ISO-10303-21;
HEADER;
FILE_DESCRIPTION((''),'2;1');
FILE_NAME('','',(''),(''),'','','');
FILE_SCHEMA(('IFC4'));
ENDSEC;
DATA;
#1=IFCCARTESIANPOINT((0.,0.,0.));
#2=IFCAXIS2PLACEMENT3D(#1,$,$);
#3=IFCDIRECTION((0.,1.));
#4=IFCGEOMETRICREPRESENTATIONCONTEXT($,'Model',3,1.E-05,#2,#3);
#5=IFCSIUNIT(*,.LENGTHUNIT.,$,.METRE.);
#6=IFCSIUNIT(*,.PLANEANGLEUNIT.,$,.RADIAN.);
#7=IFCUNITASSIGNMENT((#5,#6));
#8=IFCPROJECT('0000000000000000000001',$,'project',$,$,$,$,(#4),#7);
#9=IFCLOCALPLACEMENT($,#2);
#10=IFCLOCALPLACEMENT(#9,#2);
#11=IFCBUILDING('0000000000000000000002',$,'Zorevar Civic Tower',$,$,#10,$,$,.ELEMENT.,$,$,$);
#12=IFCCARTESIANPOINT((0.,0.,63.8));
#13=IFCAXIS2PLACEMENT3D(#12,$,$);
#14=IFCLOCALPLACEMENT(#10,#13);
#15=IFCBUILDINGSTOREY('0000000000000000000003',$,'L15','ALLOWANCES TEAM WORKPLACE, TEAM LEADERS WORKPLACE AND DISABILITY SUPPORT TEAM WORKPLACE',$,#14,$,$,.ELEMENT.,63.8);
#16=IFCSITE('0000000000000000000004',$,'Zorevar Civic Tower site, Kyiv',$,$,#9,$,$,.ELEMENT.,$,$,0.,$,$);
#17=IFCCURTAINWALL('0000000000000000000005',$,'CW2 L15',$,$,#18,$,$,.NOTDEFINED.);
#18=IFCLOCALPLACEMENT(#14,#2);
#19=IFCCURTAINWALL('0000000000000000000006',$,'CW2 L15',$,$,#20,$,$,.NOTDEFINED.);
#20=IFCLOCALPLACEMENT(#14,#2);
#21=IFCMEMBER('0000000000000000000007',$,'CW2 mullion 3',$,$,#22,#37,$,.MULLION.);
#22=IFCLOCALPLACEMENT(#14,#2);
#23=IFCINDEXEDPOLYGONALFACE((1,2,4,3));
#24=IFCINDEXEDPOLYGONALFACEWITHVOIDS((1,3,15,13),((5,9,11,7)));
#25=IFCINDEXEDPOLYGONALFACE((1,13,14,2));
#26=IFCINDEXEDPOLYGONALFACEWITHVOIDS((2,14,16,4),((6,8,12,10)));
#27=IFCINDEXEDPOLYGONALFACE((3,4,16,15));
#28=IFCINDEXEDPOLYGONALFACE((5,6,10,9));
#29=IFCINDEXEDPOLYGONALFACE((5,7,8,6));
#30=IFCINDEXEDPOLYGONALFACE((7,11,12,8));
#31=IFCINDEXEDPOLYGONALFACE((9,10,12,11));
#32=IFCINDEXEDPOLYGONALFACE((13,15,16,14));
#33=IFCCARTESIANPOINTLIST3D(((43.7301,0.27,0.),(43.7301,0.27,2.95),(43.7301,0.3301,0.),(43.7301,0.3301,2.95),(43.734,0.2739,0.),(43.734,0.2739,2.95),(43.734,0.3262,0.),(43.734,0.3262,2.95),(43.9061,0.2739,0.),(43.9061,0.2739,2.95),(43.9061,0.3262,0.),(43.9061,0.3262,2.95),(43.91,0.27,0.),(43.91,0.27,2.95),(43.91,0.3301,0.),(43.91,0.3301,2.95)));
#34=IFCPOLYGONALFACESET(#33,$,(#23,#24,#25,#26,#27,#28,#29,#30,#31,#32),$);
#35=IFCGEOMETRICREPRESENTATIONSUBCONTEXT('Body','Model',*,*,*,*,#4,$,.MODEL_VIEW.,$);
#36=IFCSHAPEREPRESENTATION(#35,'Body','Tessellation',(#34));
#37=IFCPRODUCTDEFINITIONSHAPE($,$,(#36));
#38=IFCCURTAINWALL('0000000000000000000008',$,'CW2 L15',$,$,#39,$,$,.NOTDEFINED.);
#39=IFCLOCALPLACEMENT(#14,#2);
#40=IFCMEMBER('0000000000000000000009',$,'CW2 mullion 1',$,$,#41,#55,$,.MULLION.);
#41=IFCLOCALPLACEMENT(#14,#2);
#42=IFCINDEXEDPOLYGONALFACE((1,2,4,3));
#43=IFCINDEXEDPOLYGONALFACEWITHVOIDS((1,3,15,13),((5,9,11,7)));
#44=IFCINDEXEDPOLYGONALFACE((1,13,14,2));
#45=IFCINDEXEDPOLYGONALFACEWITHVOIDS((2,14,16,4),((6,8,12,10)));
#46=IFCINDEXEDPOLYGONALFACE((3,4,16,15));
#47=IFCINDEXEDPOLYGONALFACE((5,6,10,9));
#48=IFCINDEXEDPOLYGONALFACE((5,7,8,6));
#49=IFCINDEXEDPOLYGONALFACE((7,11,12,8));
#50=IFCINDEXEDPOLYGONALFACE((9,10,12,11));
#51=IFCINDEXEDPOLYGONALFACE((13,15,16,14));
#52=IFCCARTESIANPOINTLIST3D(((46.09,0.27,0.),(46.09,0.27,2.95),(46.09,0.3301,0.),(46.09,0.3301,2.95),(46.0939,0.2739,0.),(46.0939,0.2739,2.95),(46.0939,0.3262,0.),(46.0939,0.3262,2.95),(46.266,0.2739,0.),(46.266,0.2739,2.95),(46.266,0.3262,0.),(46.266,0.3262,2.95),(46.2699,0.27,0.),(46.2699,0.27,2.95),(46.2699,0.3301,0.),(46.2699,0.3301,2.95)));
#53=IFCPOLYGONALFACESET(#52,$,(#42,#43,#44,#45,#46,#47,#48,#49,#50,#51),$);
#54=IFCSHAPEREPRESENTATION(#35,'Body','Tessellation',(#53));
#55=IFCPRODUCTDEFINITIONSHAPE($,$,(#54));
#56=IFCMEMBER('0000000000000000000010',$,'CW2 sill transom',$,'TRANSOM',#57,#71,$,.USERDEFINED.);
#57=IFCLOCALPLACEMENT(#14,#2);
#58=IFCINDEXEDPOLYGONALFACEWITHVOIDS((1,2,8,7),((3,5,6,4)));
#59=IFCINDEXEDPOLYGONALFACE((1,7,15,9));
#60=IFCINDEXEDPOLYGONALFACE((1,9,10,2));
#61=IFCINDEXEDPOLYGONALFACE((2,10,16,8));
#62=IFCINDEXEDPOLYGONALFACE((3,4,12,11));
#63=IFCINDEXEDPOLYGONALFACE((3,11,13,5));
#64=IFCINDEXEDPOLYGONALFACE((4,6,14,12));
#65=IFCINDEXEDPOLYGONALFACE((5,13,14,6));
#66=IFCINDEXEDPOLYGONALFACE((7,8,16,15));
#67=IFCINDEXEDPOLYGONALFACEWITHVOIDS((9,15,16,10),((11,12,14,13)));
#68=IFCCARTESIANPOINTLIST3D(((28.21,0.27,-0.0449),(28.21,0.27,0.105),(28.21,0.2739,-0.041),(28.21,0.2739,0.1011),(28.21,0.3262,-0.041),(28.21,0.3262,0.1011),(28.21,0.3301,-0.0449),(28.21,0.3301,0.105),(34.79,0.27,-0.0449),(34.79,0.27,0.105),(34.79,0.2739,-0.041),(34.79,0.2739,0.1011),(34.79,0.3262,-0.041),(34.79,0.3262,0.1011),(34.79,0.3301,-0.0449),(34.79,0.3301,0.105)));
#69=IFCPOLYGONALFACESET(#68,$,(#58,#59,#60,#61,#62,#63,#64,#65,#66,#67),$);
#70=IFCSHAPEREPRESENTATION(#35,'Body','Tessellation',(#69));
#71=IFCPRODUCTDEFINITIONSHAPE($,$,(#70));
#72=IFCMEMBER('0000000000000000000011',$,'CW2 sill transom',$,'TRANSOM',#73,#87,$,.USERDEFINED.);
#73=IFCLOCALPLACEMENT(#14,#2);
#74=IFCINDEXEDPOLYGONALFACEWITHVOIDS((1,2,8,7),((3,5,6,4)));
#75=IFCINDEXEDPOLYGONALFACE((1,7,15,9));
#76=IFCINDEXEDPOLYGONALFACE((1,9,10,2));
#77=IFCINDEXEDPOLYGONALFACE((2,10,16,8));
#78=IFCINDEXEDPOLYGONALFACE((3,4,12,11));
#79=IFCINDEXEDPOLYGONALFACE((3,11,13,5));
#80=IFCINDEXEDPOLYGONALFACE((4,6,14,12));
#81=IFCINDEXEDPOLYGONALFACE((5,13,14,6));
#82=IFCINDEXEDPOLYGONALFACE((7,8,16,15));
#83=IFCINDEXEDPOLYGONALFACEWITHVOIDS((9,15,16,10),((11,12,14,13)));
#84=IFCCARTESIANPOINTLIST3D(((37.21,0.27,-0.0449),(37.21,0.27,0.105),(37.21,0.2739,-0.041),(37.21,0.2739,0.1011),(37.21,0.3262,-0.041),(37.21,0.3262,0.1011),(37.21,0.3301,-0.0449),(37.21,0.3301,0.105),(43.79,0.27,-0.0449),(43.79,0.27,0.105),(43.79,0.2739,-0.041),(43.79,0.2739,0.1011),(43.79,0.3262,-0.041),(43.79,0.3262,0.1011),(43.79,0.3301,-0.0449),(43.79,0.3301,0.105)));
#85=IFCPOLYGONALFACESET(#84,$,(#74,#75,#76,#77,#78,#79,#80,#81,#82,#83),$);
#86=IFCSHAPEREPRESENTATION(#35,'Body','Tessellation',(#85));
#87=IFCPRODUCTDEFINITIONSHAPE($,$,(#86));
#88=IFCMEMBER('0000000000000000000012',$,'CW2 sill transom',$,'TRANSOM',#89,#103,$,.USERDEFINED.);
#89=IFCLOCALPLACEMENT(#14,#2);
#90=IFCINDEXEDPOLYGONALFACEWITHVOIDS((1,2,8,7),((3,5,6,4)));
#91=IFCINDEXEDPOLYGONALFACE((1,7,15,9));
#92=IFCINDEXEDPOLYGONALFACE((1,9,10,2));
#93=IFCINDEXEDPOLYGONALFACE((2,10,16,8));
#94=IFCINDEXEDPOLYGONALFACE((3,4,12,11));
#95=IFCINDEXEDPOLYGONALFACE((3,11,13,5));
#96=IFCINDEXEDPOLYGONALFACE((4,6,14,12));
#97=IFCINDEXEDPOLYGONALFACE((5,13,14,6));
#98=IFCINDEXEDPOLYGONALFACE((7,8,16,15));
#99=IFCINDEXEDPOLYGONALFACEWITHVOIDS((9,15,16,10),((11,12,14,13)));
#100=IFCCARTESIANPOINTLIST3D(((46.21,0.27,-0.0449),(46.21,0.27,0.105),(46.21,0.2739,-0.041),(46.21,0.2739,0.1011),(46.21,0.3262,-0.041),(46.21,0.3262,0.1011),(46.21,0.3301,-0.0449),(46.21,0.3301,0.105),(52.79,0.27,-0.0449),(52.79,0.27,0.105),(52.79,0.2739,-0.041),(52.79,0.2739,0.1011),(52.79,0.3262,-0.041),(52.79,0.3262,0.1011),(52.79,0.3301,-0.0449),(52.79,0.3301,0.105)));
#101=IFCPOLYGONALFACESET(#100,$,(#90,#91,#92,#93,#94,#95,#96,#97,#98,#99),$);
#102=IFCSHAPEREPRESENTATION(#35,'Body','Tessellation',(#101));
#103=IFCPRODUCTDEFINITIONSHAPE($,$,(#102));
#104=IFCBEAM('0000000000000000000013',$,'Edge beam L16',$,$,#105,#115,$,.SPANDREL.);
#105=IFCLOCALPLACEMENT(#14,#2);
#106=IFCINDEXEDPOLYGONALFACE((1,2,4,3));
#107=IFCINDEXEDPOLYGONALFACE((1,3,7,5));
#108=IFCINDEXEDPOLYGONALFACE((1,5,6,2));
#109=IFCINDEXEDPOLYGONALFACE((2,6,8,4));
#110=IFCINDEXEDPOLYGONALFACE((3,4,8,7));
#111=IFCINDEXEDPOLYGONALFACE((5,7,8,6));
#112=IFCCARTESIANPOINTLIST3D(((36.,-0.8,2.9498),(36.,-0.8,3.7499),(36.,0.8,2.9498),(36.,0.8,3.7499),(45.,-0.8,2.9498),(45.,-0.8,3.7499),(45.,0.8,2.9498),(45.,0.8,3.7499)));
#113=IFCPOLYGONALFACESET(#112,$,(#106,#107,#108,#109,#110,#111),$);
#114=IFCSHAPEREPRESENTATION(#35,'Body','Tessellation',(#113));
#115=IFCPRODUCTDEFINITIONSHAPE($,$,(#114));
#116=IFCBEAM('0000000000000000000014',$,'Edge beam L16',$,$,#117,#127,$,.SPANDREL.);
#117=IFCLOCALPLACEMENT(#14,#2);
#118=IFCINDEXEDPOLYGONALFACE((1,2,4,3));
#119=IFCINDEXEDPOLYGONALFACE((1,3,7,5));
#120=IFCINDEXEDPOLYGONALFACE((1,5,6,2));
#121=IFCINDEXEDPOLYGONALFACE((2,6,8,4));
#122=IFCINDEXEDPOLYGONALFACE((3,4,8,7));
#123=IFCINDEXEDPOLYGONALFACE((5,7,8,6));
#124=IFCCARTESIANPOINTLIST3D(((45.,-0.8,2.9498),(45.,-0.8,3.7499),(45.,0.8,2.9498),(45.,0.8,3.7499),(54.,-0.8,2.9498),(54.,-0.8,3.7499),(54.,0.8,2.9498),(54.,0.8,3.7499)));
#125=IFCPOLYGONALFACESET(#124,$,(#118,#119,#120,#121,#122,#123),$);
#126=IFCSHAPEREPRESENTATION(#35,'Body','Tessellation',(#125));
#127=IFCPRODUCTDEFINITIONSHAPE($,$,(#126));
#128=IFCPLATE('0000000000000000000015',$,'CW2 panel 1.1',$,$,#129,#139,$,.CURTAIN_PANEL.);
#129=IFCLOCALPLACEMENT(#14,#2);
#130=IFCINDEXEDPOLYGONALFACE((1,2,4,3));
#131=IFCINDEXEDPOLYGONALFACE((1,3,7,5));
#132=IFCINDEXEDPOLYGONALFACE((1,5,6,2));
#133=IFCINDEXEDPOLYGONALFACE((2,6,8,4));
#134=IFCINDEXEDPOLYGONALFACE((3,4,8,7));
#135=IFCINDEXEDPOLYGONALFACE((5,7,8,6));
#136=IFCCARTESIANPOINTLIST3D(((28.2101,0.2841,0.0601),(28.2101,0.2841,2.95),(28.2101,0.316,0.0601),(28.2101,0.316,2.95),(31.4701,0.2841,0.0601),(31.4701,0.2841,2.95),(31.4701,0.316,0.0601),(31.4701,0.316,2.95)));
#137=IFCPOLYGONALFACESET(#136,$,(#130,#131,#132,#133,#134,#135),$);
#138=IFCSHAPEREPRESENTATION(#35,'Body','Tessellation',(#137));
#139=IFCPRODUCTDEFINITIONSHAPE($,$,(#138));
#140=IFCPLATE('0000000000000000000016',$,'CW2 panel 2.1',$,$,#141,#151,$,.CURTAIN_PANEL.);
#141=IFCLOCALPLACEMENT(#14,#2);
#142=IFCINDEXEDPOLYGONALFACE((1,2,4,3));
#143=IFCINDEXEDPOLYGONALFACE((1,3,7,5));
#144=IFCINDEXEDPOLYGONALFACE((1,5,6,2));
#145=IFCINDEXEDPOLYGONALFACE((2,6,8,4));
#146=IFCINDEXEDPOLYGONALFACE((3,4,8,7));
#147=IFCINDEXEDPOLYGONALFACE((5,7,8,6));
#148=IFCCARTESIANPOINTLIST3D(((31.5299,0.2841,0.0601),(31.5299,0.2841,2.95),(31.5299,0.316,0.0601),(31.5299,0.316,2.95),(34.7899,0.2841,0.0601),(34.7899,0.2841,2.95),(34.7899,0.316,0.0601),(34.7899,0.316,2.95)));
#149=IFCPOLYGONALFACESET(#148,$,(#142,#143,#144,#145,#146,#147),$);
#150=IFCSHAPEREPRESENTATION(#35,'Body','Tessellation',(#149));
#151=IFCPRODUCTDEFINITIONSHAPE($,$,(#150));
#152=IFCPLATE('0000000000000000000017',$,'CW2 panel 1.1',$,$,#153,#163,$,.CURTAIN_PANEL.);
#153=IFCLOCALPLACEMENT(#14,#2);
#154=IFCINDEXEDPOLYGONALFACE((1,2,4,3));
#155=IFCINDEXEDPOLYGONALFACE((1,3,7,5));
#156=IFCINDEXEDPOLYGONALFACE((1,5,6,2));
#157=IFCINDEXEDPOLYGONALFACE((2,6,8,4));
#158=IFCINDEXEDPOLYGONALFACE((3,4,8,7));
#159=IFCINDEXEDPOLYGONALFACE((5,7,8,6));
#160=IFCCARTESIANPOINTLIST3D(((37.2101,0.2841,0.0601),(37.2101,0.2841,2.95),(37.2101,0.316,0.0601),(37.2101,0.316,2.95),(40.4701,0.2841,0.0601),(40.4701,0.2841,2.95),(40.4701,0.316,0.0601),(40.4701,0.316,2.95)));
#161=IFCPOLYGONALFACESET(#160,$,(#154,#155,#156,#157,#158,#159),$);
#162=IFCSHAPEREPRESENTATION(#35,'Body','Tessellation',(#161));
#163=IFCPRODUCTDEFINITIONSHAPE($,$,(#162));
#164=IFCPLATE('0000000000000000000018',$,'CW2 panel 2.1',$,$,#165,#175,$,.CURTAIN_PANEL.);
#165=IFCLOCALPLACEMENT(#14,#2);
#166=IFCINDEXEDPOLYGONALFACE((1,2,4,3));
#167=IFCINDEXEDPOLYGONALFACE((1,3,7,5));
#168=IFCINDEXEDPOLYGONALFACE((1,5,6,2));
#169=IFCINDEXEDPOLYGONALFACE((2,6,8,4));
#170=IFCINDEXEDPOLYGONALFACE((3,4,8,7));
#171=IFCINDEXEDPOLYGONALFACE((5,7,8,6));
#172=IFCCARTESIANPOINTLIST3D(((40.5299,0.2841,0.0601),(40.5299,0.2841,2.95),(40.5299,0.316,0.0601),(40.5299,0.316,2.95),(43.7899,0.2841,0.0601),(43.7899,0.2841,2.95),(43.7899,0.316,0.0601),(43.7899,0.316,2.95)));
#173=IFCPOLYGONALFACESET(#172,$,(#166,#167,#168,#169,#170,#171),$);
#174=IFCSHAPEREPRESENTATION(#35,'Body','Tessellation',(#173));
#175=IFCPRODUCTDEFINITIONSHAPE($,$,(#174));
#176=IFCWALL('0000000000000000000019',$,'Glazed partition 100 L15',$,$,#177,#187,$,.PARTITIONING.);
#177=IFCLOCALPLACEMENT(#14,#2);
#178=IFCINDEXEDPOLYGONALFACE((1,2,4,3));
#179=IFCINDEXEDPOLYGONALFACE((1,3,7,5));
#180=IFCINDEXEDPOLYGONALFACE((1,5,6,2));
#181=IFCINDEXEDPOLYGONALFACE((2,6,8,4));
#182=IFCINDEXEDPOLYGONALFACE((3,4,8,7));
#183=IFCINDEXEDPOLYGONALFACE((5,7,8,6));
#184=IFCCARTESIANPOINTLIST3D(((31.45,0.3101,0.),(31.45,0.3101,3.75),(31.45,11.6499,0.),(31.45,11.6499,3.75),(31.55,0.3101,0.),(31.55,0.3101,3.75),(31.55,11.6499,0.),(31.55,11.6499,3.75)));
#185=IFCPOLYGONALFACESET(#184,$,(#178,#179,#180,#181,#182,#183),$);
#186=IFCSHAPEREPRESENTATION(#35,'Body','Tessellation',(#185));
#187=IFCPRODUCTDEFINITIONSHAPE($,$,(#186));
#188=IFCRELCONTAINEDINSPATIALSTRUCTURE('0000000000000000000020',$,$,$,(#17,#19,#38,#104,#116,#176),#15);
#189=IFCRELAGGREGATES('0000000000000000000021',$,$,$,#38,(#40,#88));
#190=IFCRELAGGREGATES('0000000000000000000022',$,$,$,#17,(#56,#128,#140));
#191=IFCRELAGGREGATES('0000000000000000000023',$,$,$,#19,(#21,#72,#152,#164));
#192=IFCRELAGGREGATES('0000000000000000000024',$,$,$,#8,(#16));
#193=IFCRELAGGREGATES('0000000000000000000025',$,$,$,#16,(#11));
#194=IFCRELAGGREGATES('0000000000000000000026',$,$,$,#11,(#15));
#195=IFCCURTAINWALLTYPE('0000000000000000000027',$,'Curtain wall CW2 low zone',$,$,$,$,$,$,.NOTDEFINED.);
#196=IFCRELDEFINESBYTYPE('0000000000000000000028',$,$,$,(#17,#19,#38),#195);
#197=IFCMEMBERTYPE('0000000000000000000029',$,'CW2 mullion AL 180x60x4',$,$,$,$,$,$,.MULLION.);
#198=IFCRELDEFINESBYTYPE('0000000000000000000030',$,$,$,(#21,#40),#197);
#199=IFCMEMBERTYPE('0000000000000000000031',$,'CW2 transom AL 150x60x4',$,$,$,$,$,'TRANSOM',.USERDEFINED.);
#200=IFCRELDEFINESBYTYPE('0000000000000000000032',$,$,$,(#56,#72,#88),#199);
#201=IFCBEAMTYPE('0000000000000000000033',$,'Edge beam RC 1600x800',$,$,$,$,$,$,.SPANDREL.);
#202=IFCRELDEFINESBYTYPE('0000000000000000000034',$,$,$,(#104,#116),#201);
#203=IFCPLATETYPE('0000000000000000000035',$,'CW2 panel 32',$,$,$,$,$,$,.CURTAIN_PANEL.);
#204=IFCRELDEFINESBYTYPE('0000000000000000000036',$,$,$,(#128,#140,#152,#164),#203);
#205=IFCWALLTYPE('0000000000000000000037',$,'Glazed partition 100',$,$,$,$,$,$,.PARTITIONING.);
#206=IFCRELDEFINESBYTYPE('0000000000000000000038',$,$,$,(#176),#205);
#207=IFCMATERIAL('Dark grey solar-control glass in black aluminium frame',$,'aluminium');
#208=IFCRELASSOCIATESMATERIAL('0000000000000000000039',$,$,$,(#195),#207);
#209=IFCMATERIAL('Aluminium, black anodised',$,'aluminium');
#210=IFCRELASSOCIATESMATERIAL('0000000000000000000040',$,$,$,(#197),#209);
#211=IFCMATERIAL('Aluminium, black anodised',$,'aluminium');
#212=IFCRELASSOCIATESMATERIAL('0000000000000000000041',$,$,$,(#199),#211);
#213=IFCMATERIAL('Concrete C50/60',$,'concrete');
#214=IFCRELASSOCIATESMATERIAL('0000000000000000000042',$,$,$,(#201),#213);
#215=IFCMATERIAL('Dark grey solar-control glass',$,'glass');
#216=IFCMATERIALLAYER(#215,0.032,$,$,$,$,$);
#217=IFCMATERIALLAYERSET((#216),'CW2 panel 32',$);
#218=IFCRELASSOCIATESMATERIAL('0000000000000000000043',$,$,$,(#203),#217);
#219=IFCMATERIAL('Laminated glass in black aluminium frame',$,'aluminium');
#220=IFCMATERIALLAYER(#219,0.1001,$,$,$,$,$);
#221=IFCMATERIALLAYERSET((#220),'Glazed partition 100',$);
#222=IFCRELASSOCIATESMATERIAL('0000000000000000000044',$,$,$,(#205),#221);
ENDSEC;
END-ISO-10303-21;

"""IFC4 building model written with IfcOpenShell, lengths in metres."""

from ifc_helpers import new_model, si_unit, direction, frame, frame_2d, origin, origin_2d, place, context, subcontext, project, spatial, rectangle, hollow_rectangle, extrude, material, layer, layer_set, material_profile, profile_set, type_object, element, aggregate, save


model = new_model("IFC4")

# Units and contexts
model_context = context("Model", 3, precision=1e-05, world=origin(), true_north=direction((0.0, 1.0)))
body_context = subcontext(model_context, "Body", "Model", "MODEL_VIEW")
ifc_project = project(units=[si_unit("LENGTHUNIT", "METRE"), si_unit("PLANEANGLEUNIT", "RADIAN")], contexts=[model_context])

# Site, building, storey
site_placement = place(None, origin())
site = spatial("IfcSite", under=ifc_project, at=site_placement, Name="Zorevar Civic Tower site, Kyiv", CompositionType="ELEMENT", RefElevation=0.0)
building_placement = place(site_placement, origin())
building = spatial("IfcBuilding", under=site, at=building_placement, Name="Zorevar Civic Tower", CompositionType="ELEMENT")
storey_placement = place(building_placement, frame((0.0, 0.0, 63.8)))
storey = spatial("IfcBuildingStorey", under=building, at=storey_placement, Name="L15", Description="ALLOWANCES TEAM WORKPLACE, TEAM LEADERS WORKPLACE AND DISABILITY SUPPORT TEAM WORKPLACE", CompositionType="ELEMENT", Elevation=63.8)

# Curtain walls, member
ifc_material_1 = material(Name="Dark grey solar-control glass in black aluminium frame", Category="aluminium")
curtain_wall_type = type_object("IfcCurtainWallType", Name="Curtain wall CW2 low zone", PredefinedType="NOTDEFINED", material=ifc_material_1)
curtain_wall_1_placement = place(storey_placement, origin())
curtain_wall_1 = element("IfcCurtainWall", 1, at=curtain_wall_1_placement, inside=storey, type_object=curtain_wall_type, Name="CW2 L15", PredefinedType="NOTDEFINED")
ifc_material_2 = material(Name="Aluminium, black anodised", Category="aluminium")
ifc_material_profile_1 = material_profile(ifc_material_2, hollow_rectangle(XDim=0.0601, YDim=0.1799, WallThickness=0.0039, at=origin_2d()), Name="AL 180x60x4")
ifc_profile_set_1 = profile_set([ifc_material_profile_1], Name="Aluminium, black anodised")
member_type_1 = type_object("IfcMemberType", Name="CW2 mullion AL 180x60x4", PredefinedType="MULLION", material=ifc_profile_set_1)
curtain_wall_2_placement = place(storey_placement, origin())
curtain_wall_2 = element("IfcCurtainWall", 2, at=curtain_wall_2_placement, inside=storey, type_object=curtain_wall_type, Name="CW2 L15", PredefinedType="NOTDEFINED")
member_1_placement = place(storey_placement, frame((43.8201, 0.3, 0.0), z_axis=(0.0, 0.0, 1.0), x_axis=(0.0, 1.0, 0.0)))
member_1 = element("IfcMember", 3, at=member_1_placement, type_object=member_type_1, Name="CW2 mullion 3", PredefinedType="MULLION", context=body_context, shape_type="SweptSolid", body=[
    extrude(hollow_rectangle(XDim=0.0601, YDim=0.1799, WallThickness=0.0039, at=origin_2d()), origin(), (0.0, 0.0, 1.0), 2.95),
])

# Curtain wall, member
curtain_wall_3_placement = place(storey_placement, origin())
curtain_wall_3 = element("IfcCurtainWall", 4, at=curtain_wall_3_placement, inside=storey, type_object=curtain_wall_type, Name="CW2 L15", PredefinedType="NOTDEFINED")
member_2_placement = place(storey_placement, frame((46.1799, 0.3, 0.0), z_axis=(0.0, 0.0, 1.0), x_axis=(0.0, 1.0, 0.0)))
member_2 = element("IfcMember", 5, at=member_2_placement, type_object=member_type_1, Name="CW2 mullion 1", PredefinedType="MULLION", context=body_context, shape_type="SweptSolid", body=[
    extrude(hollow_rectangle(XDim=0.0601, YDim=0.1799, WallThickness=0.0039, at=origin_2d()), origin(), (0.0, 0.0, 1.0), 2.95),
])

# Members
ifc_material_3 = material(Name="Aluminium, black anodised", Category="aluminium")
ifc_material_profile_2 = material_profile(ifc_material_3, hollow_rectangle(XDim=0.0601, YDim=0.1499, WallThickness=0.0039, at=origin_2d()), Name="AL 150x60x4")
ifc_profile_set_2 = profile_set([ifc_material_profile_2], Name="Aluminium, black anodised")
member_type_2 = type_object("IfcMemberType", Name="CW2 transom AL 150x60x4", ElementType="TRANSOM", PredefinedType="USERDEFINED", material=ifc_profile_set_2)
member_3_placement = place(storey_placement, frame((28.21, 0.3, 0.03), z_axis=(1.0, 0.0, 0.0), x_axis=(0.0, 1.0, 0.0)))
member_3 = element("IfcMember", 6, at=member_3_placement, type_object=member_type_2, Name="CW2 sill transom", ObjectType="TRANSOM", PredefinedType="USERDEFINED", context=body_context, shape_type="SweptSolid", body=[
    extrude(hollow_rectangle(XDim=0.0601, YDim=0.1499, WallThickness=0.0039, at=origin_2d()), origin(), (0.0, 0.0, 1.0), 6.5801),
])
member_4_placement = place(storey_placement, frame((37.21, 0.3, 0.03), z_axis=(1.0, 0.0, 0.0), x_axis=(0.0, 1.0, 0.0)))
member_4 = element("IfcMember", 7, at=member_4_placement, type_object=member_type_2, Name="CW2 sill transom", ObjectType="TRANSOM", PredefinedType="USERDEFINED", context=body_context, shape_type="SweptSolid", body=[
    extrude(hollow_rectangle(XDim=0.0601, YDim=0.1499, WallThickness=0.0039, at=origin_2d()), origin(), (0.0, 0.0, 1.0), 6.5801),
])
member_5_placement = place(storey_placement, frame((46.21, 0.3, 0.03), z_axis=(1.0, 0.0, 0.0), x_axis=(0.0, 1.0, 0.0)))
member_5 = element("IfcMember", 8, at=member_5_placement, type_object=member_type_2, Name="CW2 sill transom", ObjectType="TRANSOM", PredefinedType="USERDEFINED", context=body_context, shape_type="SweptSolid", body=[
    extrude(hollow_rectangle(XDim=0.0601, YDim=0.1499, WallThickness=0.0039, at=origin_2d()), origin(), (0.0, 0.0, 1.0), 6.5801),
])
aggregate(curtain_wall_3, [member_2, member_5])

# Beams
ifc_material_4 = material(Name="Concrete C50/60", Category="concrete")
ifc_material_profile_3 = material_profile(ifc_material_4, rectangle(XDim=1.6001, YDim=0.8, at=origin_2d()), Name="RC 1600x800")
ifc_profile_set_3 = profile_set([ifc_material_profile_3], Name="Concrete C50/60")
beam_type_1 = type_object("IfcBeamType", Name="Edge beam RC 1600x800", PredefinedType="SPANDREL", material=ifc_profile_set_3)
for number, where, z_axis, x_axis, name in (
    (9, (36.0, 0.0, 3.3499), (1.0, 0.0, 0.0), (0.0, 1.0, 0.0), "Edge beam L16"),
    (10, (45.0, 0.0, 3.3499), (1.0, 0.0, 0.0), (0.0, 1.0, 0.0), "Edge beam L16"),
):
    element("IfcBeam", number, at=place(storey_placement, frame(where, z_axis=z_axis, x_axis=x_axis)), inside=storey, type_object=beam_type_1, Name=name, PredefinedType="SPANDREL", context=body_context, shape_type="SweptSolid", body=[
        extrude(rectangle(XDim=1.6001, YDim=0.8, at=origin_2d()), origin(), (0.0, 0.0, 1.0), 9.0),
    ])

# Plates
ifc_material_5 = material(Name="Dark grey solar-control glass", Category="glass")
ifc_layer_1 = layer(ifc_material_5, 0.032)
ifc_layer_set_1 = layer_set([ifc_layer_1], Name="CW2 panel 32")
plate_type = type_object("IfcPlateType", Name="CW2 panel 32", PredefinedType="CURTAIN_PANEL", material=ifc_layer_set_1)
plate_1_placement = place(storey_placement, frame((29.8401, 0.3, 0.0601), z_axis=(0.0, 0.0, 1.0), x_axis=(1.0, 0.0, 0.0)))
plate_1 = element("IfcPlate", 11, at=plate_1_placement, type_object=plate_type, Name="CW2 panel 1.1", PredefinedType="CURTAIN_PANEL", context=body_context, shape_type="SweptSolid", body=[
    extrude(rectangle(XDim=3.26, YDim=0.032, at=origin_2d()), origin(), (0.0, 0.0, 1.0), 2.8899),
])
plate_2_placement = place(storey_placement, frame((33.1599, 0.3, 0.0601), z_axis=(0.0, 0.0, 1.0), x_axis=(1.0, 0.0, 0.0)))
plate_2 = element("IfcPlate", 12, at=plate_2_placement, type_object=plate_type, Name="CW2 panel 2.1", PredefinedType="CURTAIN_PANEL", context=body_context, shape_type="SweptSolid", body=[
    extrude(rectangle(XDim=3.26, YDim=0.032, at=origin_2d()), origin(), (0.0, 0.0, 1.0), 2.8899),
])
aggregate(curtain_wall_1, [member_3, plate_1, plate_2])
plate_3_placement = place(storey_placement, frame((38.8401, 0.3, 0.0601), z_axis=(0.0, 0.0, 1.0), x_axis=(1.0, 0.0, 0.0)))
plate_3 = element("IfcPlate", 13, at=plate_3_placement, type_object=plate_type, Name="CW2 panel 1.1", PredefinedType="CURTAIN_PANEL", context=body_context, shape_type="SweptSolid", body=[
    extrude(rectangle(XDim=3.26, YDim=0.032, at=origin_2d()), origin(), (0.0, 0.0, 1.0), 2.8899),
])
plate_4_placement = place(storey_placement, frame((42.1599, 0.3, 0.0601), z_axis=(0.0, 0.0, 1.0), x_axis=(1.0, 0.0, 0.0)))
plate_4 = element("IfcPlate", 14, at=plate_4_placement, type_object=plate_type, Name="CW2 panel 2.1", PredefinedType="CURTAIN_PANEL", context=body_context, shape_type="SweptSolid", body=[
    extrude(rectangle(XDim=3.26, YDim=0.032, at=origin_2d()), origin(), (0.0, 0.0, 1.0), 2.8899),
])
aggregate(curtain_wall_2, [member_1, member_4, plate_3, plate_4])

# Wall
ifc_material_6 = material(Name="Laminated glass in black aluminium frame", Category="aluminium")
ifc_layer_2 = layer(ifc_material_6, 0.1001)
ifc_layer_set_2 = layer_set([ifc_layer_2], Name="Glazed partition 100")
wall_type = type_object("IfcWallType", Name="Glazed partition 100", PredefinedType="PARTITIONING", material=ifc_layer_set_2)
wall_placement = place(storey_placement, frame((31.5, 0.3101, 0.0), z_axis=(0.0, 0.0, 1.0), x_axis=(0.0, 1.0, 0.0)))
element("IfcWall", 15, at=wall_placement, inside=storey, type_object=wall_type, Name="Glazed partition 100 L15", PredefinedType="PARTITIONING", context=body_context, shape_type="SweptSolid", body=[
    extrude(rectangle(XDim=11.3398, YDim=0.1001, at=frame_2d((5.6699, 0.0))), origin(), (0.0, 0.0, 1.0), 3.75),
])

save(model, "model.ifc")
